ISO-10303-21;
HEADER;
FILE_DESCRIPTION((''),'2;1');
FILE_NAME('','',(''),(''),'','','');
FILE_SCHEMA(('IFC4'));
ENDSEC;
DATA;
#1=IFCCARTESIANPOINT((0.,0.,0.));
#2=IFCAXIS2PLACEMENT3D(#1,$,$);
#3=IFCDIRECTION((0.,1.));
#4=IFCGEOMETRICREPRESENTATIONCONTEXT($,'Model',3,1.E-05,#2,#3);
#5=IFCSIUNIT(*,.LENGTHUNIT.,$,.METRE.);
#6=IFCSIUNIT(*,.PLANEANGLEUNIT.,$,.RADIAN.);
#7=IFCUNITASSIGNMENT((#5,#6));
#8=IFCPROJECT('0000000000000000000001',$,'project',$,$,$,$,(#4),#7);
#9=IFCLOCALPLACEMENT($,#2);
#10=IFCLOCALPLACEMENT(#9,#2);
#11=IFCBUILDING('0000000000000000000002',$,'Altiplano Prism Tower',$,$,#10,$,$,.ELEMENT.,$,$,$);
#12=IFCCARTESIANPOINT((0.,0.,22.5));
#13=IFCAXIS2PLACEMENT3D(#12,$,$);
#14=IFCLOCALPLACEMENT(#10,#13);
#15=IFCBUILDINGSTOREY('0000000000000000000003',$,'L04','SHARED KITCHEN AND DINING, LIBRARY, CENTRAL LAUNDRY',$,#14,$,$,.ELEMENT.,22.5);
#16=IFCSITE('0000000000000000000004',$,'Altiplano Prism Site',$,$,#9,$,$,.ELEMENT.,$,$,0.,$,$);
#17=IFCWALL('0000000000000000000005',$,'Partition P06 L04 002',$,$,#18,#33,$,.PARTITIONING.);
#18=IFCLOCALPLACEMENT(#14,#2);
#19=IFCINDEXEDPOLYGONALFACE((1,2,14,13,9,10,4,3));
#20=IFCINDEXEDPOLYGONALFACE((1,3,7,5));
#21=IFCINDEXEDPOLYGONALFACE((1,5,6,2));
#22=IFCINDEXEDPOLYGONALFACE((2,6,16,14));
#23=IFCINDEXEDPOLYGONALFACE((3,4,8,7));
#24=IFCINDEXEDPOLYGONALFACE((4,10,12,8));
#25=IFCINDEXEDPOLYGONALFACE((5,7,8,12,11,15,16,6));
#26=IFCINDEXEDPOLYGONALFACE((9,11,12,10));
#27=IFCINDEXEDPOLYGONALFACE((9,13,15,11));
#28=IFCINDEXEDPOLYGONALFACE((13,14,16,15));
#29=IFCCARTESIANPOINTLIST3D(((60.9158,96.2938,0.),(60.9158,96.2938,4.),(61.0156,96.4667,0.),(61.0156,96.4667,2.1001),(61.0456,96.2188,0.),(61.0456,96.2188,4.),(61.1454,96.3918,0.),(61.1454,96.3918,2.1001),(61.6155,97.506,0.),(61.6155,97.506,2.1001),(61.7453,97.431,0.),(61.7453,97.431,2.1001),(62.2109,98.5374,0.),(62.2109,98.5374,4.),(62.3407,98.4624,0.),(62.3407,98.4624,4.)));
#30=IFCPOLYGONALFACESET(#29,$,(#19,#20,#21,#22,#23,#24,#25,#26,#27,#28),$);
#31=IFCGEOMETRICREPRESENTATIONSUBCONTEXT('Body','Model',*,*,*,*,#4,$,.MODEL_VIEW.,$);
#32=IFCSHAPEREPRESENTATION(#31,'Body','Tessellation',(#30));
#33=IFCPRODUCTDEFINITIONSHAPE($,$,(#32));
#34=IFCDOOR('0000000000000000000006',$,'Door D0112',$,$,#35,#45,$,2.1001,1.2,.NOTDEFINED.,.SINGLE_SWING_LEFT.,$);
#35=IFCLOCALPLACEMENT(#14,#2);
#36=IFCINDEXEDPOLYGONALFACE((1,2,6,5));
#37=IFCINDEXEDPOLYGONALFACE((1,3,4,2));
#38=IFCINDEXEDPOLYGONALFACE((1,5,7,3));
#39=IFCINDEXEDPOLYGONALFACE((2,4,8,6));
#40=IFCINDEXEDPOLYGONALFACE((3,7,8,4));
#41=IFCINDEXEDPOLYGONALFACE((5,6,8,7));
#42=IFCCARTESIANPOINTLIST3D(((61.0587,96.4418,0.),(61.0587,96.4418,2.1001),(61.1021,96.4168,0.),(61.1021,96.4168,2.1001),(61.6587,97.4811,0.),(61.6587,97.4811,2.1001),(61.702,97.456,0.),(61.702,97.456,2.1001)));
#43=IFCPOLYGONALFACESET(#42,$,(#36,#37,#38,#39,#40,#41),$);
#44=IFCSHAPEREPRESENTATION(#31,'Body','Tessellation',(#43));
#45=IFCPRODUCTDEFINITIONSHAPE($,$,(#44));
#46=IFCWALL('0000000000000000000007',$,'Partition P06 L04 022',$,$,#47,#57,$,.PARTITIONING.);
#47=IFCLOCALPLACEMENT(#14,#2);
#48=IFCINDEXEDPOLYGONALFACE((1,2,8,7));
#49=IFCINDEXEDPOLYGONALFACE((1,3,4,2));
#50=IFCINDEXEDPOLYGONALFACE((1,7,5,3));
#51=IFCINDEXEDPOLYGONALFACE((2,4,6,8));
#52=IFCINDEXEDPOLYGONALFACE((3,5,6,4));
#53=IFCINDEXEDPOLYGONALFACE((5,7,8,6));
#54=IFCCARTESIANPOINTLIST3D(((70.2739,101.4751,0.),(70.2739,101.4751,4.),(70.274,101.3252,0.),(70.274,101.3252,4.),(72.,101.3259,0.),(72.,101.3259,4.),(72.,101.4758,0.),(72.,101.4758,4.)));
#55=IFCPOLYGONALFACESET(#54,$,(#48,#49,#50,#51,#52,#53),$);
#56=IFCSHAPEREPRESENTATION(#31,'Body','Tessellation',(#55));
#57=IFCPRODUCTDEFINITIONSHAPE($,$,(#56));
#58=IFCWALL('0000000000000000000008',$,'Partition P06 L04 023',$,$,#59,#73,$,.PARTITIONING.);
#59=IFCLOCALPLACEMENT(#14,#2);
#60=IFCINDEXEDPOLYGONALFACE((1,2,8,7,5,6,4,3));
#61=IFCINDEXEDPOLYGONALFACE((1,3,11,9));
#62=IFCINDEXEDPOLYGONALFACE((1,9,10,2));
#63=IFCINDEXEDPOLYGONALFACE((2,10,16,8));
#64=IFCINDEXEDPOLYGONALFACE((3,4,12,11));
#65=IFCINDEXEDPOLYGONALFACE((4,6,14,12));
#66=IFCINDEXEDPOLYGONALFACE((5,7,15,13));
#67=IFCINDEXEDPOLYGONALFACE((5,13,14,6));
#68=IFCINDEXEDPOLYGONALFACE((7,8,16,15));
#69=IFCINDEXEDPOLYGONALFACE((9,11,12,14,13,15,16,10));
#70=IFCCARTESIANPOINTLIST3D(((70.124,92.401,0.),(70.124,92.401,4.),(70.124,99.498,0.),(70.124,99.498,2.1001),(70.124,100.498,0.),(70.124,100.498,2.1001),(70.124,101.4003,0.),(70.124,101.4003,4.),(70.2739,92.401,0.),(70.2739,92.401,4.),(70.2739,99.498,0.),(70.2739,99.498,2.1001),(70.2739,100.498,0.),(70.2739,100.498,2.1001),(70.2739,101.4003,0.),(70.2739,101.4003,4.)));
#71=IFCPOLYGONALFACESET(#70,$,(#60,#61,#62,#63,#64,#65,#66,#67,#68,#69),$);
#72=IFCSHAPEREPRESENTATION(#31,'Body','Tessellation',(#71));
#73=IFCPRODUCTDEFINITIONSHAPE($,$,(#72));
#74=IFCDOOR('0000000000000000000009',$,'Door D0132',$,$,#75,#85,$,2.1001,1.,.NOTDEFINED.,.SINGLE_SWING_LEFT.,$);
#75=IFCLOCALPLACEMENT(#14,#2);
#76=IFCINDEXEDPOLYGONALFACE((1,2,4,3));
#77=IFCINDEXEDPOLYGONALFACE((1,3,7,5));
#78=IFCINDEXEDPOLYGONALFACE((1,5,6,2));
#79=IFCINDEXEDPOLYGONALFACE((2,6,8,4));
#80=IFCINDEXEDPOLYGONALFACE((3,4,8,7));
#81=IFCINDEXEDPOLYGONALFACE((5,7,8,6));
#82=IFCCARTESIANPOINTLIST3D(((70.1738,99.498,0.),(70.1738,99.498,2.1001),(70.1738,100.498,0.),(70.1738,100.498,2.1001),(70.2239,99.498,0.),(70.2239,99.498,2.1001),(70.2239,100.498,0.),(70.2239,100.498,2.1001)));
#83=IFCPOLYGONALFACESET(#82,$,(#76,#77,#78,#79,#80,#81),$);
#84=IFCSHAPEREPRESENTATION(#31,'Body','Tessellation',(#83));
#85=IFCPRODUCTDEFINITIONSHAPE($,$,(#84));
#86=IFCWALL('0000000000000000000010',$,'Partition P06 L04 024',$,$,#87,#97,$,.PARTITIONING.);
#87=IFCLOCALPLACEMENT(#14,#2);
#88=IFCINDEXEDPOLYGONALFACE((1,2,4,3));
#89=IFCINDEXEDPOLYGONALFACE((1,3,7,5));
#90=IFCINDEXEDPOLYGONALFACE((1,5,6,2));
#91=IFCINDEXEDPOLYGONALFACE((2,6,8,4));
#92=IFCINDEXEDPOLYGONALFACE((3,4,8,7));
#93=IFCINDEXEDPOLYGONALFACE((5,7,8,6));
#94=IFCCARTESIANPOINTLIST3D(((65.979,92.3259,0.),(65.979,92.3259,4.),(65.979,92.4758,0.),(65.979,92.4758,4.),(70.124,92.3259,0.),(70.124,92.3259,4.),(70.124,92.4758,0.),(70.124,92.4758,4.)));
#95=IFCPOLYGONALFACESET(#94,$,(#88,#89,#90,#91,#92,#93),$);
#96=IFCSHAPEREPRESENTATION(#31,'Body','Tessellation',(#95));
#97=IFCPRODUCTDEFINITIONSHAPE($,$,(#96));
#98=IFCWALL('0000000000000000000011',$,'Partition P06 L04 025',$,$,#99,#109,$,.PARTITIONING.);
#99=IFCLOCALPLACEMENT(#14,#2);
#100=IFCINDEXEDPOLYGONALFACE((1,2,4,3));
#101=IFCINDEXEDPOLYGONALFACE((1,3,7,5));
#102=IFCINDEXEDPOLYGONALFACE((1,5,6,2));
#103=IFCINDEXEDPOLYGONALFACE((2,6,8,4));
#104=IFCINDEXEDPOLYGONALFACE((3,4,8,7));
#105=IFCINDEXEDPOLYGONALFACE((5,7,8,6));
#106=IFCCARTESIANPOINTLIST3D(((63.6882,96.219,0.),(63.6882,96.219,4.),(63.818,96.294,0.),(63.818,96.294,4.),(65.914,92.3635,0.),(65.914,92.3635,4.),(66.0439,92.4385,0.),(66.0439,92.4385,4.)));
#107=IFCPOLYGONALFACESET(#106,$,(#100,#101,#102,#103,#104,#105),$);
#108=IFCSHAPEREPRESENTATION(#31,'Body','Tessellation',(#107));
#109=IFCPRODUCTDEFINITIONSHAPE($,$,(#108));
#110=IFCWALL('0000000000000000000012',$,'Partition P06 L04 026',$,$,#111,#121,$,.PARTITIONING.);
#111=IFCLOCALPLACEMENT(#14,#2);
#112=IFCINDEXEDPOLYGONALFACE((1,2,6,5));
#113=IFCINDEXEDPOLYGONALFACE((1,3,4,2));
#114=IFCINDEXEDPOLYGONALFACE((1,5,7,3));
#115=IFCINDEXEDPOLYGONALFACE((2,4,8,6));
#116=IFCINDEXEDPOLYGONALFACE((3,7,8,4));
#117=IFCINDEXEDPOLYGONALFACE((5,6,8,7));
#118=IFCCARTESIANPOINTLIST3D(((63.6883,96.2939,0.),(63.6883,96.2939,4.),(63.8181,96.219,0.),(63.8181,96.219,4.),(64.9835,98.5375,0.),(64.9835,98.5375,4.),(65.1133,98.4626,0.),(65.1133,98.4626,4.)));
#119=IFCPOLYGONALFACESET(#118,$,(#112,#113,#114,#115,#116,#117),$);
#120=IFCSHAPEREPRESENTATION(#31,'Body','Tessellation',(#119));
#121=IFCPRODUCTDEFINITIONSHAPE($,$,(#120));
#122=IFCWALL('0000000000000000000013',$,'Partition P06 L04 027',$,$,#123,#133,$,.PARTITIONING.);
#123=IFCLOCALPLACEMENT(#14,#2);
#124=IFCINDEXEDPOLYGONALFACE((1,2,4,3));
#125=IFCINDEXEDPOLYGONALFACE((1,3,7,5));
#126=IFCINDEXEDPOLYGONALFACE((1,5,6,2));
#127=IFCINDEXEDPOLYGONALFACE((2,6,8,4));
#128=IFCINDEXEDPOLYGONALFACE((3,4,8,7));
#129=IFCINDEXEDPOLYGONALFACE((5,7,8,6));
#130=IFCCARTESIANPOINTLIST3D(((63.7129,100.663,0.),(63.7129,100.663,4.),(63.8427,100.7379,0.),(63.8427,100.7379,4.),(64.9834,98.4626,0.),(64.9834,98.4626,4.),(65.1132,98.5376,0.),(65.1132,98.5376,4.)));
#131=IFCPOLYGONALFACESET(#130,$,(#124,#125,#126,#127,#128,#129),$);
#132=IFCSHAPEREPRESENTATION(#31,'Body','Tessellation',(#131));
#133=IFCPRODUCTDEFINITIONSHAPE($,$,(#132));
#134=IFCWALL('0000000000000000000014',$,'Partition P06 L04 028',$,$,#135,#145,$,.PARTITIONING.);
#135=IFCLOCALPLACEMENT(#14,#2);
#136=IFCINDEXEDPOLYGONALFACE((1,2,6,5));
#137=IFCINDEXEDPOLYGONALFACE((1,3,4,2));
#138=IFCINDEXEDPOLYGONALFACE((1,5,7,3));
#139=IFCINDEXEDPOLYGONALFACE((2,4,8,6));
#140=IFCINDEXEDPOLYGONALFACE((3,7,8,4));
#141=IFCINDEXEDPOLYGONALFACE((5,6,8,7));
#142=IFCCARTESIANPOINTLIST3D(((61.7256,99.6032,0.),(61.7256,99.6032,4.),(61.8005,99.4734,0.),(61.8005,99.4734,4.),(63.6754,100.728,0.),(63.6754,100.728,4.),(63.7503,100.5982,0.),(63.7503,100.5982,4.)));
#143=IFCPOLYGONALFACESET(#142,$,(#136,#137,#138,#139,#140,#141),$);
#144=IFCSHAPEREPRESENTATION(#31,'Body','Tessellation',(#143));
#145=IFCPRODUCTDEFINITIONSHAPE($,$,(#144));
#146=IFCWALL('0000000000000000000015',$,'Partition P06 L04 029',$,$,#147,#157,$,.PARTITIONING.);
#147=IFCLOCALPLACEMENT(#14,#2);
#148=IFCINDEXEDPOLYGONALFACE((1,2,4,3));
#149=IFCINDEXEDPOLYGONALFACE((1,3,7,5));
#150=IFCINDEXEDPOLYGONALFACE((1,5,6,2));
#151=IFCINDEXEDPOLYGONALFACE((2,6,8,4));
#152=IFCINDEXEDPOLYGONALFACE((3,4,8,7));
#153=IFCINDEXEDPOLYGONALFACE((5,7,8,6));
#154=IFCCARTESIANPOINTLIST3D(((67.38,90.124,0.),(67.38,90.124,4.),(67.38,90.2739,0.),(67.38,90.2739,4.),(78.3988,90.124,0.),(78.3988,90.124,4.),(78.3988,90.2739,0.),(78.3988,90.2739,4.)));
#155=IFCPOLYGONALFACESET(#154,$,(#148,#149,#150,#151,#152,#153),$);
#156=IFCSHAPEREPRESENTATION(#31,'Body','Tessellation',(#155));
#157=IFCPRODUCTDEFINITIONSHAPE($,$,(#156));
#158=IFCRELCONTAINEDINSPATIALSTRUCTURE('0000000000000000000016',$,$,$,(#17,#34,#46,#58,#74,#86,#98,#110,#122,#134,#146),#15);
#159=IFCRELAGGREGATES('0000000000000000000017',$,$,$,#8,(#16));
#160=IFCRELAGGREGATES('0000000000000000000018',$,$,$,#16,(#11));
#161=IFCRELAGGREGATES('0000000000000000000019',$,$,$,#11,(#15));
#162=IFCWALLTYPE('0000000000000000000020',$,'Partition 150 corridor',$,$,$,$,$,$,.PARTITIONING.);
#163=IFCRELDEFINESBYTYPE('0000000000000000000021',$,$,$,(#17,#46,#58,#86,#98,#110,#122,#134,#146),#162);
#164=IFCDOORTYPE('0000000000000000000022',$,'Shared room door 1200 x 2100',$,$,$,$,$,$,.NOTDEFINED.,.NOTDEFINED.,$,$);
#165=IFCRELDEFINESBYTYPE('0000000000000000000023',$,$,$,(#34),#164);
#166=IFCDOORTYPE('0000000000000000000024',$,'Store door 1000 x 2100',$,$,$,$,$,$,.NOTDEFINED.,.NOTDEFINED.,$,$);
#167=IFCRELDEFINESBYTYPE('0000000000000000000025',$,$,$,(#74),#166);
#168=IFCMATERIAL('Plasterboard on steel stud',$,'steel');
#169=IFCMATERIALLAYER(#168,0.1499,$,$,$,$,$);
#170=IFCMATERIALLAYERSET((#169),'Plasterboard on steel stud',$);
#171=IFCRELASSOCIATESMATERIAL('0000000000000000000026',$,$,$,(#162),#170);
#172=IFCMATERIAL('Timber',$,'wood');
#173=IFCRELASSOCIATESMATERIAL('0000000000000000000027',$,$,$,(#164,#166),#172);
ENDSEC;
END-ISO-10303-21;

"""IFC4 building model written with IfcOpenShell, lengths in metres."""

from ifc_helpers import new_model, si_unit, direction, frame, frame_2d, origin, place, context, subcontext, project, spatial, rectangle, extrude, material, layer, layer_set, type_object, element, fill, save


model = new_model("IFC4")

# Units and contexts
model_context = context("Model", 3, precision=1e-05, world=origin(), true_north=direction((0.0, 1.0)))
body_context = subcontext(model_context, "Body", "Model", "MODEL_VIEW")
ifc_project = project(units=[si_unit("LENGTHUNIT", "METRE"), si_unit("PLANEANGLEUNIT", "RADIAN")], contexts=[model_context])

# Site, building, storey
site_placement = place(None, origin())
site = spatial("IfcSite", under=ifc_project, at=site_placement, Name="Altiplano Prism Site", CompositionType="ELEMENT", RefElevation=0.0)
building_placement = place(site_placement, origin())
building = spatial("IfcBuilding", under=site, at=building_placement, Name="Altiplano Prism Tower", CompositionType="ELEMENT")
storey_placement = place(building_placement, frame((0.0, 0.0, 22.5)))
storey = spatial("IfcBuildingStorey", under=building, at=storey_placement, Name="L04", Description="SHARED KITCHEN AND DINING, LIBRARY, CENTRAL LAUNDRY", CompositionType="ELEMENT", Elevation=22.5)

# Shared definitions
ifc_material_1 = material(Name="Plasterboard on steel stud", Category="steel")
ifc_layer_1 = layer(ifc_material_1, 0.1499)
ifc_layer_set_1 = layer_set([ifc_layer_1], Name="Plasterboard on steel stud")
wall_type = type_object("IfcWallType", Name="Partition 150 corridor", PredefinedType="PARTITIONING", material=ifc_layer_set_1)

# Wall, opening, door
wall_1_placement = place(storey_placement, frame((62.2759, 98.5, 0.0), z_axis=(0.0, 0.0, 1.0), x_axis=(-0.49994, -0.86606, 0.0)))
wall_1 = element("IfcWall", 1, at=wall_1_placement, inside=storey, type_object=wall_type, Name="Partition P06 L04 002", PredefinedType="PARTITIONING", context=body_context, shape_type="SweptSolid", body=[
    extrude(rectangle(XDim=2.5906, YDim=0.1499, at=frame_2d((1.2954, 0.0))), origin(), (0.0, 0.0, 1.0), 4.0),
])
opening_1_placement = place(wall_1_placement, frame((1.1909, 0.0, 0.0)))
opening_1 = element("IfcOpeningElement", 2, at=opening_1_placement, cuts=wall_1, PredefinedType="OPENING", context=body_context, shape_type="SweptSolid", body=[
    extrude(rectangle(XDim=1.2, YDim=2.1001, at=frame_2d((0.6001, 1.05))), frame((0.0, 0.0854, 0.0), z_axis=(0.0, -1.0, 0.0), x_axis=(1.0, 0.0, 0.0)), (0.0, 0.0, 1.0), 0.1709),
])
ifc_material_2 = material(Name="Timber", Category="wood")
door_type_1 = type_object("IfcDoorType", Name="Shared room door 1200 x 2100", OperationType="NOTDEFINED", PredefinedType="NOTDEFINED", material=ifc_material_2)
door_1_placement = place(opening_1_placement, origin())
door_1 = element("IfcDoor", 3, at=door_1_placement, inside=storey, type_object=door_type_1, Name="Door D0112", OperationType="SINGLE_SWING_LEFT", OverallHeight=2.1001, OverallWidth=1.2, PredefinedType="NOTDEFINED", context=body_context, shape_type="SweptSolid", body=[
    extrude(rectangle(XDim=1.2, YDim=2.1001, at=frame_2d((0.6001, 1.05))), frame((0.0, 0.0249, 0.0), z_axis=(0.0, -1.0, 0.0), x_axis=(1.0, 0.0, 0.0)), (0.0, 0.0, 1.0), 0.05),
])
fill(opening_1, door_1)

# Wall
wall_2_placement = place(storey_placement, frame((72.0, 101.4009, 0.0), z_axis=(0.0, 0.0, 1.0), x_axis=(-1.0, -0.000424, 0.0)))
element("IfcWall", 4, at=wall_2_placement, inside=storey, type_object=wall_type, Name="Partition P06 L04 022", PredefinedType="PARTITIONING", context=body_context, shape_type="SweptSolid", body=[
    extrude(rectangle(XDim=1.7261, YDim=0.1499, at=frame_2d((0.863, 0.0))), origin(), (0.0, 0.0, 1.0), 4.0),
])

# Wall, opening, door
wall_3_placement = place(storey_placement, frame((70.199, 101.4001, 0.0), z_axis=(0.0, 0.0, 1.0), x_axis=(0.0, -1.0, 0.0)))
wall_3 = element("IfcWall", 5, at=wall_3_placement, inside=storey, type_object=wall_type, Name="Partition P06 L04 023", PredefinedType="PARTITIONING", context=body_context, shape_type="SweptSolid", body=[
    extrude(rectangle(XDim=8.9993, YDim=0.1499, at=frame_2d((4.4995, 0.0))), origin(), (0.0, 0.0, 1.0), 4.0),
])
opening_2_placement = place(wall_3_placement, frame((0.9021, 0.0, 0.0)))
opening_2 = element("IfcOpeningElement", 6, at=opening_2_placement, cuts=wall_3, PredefinedType="OPENING", context=body_context, shape_type="SweptSolid", body=[
    extrude(rectangle(XDim=1.0, YDim=2.1001, at=frame_2d((0.5, 1.05))), frame((0.0, 0.0854, 0.0), z_axis=(0.0, -1.0, 0.0), x_axis=(1.0, 0.0, 0.0)), (0.0, 0.0, 1.0), 0.1709),
])
door_type_2 = type_object("IfcDoorType", Name="Store door 1000 x 2100", OperationType="NOTDEFINED", PredefinedType="NOTDEFINED", material=ifc_material_2)
door_2_placement = place(opening_2_placement, origin())
door_2 = element("IfcDoor", 7, at=door_2_placement, inside=storey, type_object=door_type_2, Name="Door D0132", OperationType="SINGLE_SWING_LEFT", OverallHeight=2.1001, OverallWidth=1.0, PredefinedType="NOTDEFINED", context=body_context, shape_type="SweptSolid", body=[
    extrude(rectangle(XDim=1.0, YDim=2.1001, at=frame_2d((0.5, 1.05))), frame((0.0, 0.0249, 0.0), z_axis=(0.0, -1.0, 0.0), x_axis=(1.0, 0.0, 0.0)), (0.0, 0.0, 1.0), 0.05),
])
fill(opening_2, door_2)

# Walls
wall_4_placement = place(storey_placement, frame((70.124, 92.4009, 0.0), z_axis=(0.0, 0.0, 1.0), x_axis=(-1.0, 0.0, 0.0)))
element("IfcWall", 8, at=wall_4_placement, inside=storey, type_object=wall_type, Name="Partition P06 L04 024", PredefinedType="PARTITIONING", context=body_context, shape_type="SweptSolid", body=[
    extrude(rectangle(XDim=4.145, YDim=0.1499, at=frame_2d((2.0725, 0.0))), origin(), (0.0, 0.0, 1.0), 4.0),
])
wall_5_placement = place(storey_placement, frame((65.979, 92.4009, 0.0), z_axis=(0.0, 0.0, 1.0), x_axis=(-0.499979, 0.866038, 0.0)))
element("IfcWall", 9, at=wall_5_placement, inside=storey, type_object=wall_type, Name="Partition P06 L04 025", PredefinedType="PARTITIONING", context=body_context, shape_type="SweptSolid", body=[
    extrude(rectangle(XDim=4.4519, YDim=0.1499, at=frame_2d((2.2261, 0.0))), origin(), (0.0, 0.0, 1.0), 4.0),
])
wall_6_placement = place(storey_placement, frame((63.7532, 96.2563, 0.0), z_axis=(0.0, 0.0, 1.0), x_axis=(0.49994, 0.86606, 0.0)))
element("IfcWall", 10, at=wall_6_placement, inside=storey, type_object=wall_type, Name="Partition P06 L04 026", PredefinedType="PARTITIONING", context=body_context, shape_type="SweptSolid", body=[
    extrude(rectangle(XDim=2.5906, YDim=0.1499, at=frame_2d((1.2954, 0.0))), origin(), (0.0, 0.0, 1.0), 4.0),
])
wall_7_placement = place(storey_placement, frame((65.0483, 98.5, 0.0), z_axis=(0.0, 0.0, 1.0), x_axis=(-0.500025, 0.866011, 0.0)))
element("IfcWall", 11, at=wall_7_placement, inside=storey, type_object=wall_type, Name="Partition P06 L04 027", PredefinedType="PARTITIONING", context=body_context, shape_type="SweptSolid", body=[
    extrude(rectangle(XDim=2.5408, YDim=0.1499, at=frame_2d((1.2705, 0.0))), origin(), (0.0, 0.0, 1.0), 4.0),
])
wall_8_placement = place(storey_placement, frame((63.7129, 100.6631, 0.0), z_axis=(0.0, 0.0, 1.0), x_axis=(-0.8662, -0.499697, 0.0)))
element("IfcWall", 12, at=wall_8_placement, inside=storey, type_object=wall_type, Name="Partition P06 L04 028", PredefinedType="PARTITIONING", context=body_context, shape_type="SweptSolid", body=[
    extrude(rectangle(XDim=2.251, YDim=0.1499, at=frame_2d((1.1255, 0.0))), origin(), (0.0, 0.0, 1.0), 4.0),
])
wall_9_placement = place(storey_placement, frame((67.3801, 90.199, 0.0), z_axis=(0.0, 0.0, 1.0), x_axis=(1.0, 0.0, 0.0)))
element("IfcWall", 13, at=wall_9_placement, inside=storey, type_object=wall_type, Name="Partition P06 L04 029", PredefinedType="PARTITIONING", context=body_context, shape_type="SweptSolid", body=[
    extrude(rectangle(XDim=11.0188, YDim=0.1499, at=frame_2d((5.5093, 0.0))), origin(), (0.0, 0.0, 1.0), 4.0),
])

save(model, "model.ifc")
